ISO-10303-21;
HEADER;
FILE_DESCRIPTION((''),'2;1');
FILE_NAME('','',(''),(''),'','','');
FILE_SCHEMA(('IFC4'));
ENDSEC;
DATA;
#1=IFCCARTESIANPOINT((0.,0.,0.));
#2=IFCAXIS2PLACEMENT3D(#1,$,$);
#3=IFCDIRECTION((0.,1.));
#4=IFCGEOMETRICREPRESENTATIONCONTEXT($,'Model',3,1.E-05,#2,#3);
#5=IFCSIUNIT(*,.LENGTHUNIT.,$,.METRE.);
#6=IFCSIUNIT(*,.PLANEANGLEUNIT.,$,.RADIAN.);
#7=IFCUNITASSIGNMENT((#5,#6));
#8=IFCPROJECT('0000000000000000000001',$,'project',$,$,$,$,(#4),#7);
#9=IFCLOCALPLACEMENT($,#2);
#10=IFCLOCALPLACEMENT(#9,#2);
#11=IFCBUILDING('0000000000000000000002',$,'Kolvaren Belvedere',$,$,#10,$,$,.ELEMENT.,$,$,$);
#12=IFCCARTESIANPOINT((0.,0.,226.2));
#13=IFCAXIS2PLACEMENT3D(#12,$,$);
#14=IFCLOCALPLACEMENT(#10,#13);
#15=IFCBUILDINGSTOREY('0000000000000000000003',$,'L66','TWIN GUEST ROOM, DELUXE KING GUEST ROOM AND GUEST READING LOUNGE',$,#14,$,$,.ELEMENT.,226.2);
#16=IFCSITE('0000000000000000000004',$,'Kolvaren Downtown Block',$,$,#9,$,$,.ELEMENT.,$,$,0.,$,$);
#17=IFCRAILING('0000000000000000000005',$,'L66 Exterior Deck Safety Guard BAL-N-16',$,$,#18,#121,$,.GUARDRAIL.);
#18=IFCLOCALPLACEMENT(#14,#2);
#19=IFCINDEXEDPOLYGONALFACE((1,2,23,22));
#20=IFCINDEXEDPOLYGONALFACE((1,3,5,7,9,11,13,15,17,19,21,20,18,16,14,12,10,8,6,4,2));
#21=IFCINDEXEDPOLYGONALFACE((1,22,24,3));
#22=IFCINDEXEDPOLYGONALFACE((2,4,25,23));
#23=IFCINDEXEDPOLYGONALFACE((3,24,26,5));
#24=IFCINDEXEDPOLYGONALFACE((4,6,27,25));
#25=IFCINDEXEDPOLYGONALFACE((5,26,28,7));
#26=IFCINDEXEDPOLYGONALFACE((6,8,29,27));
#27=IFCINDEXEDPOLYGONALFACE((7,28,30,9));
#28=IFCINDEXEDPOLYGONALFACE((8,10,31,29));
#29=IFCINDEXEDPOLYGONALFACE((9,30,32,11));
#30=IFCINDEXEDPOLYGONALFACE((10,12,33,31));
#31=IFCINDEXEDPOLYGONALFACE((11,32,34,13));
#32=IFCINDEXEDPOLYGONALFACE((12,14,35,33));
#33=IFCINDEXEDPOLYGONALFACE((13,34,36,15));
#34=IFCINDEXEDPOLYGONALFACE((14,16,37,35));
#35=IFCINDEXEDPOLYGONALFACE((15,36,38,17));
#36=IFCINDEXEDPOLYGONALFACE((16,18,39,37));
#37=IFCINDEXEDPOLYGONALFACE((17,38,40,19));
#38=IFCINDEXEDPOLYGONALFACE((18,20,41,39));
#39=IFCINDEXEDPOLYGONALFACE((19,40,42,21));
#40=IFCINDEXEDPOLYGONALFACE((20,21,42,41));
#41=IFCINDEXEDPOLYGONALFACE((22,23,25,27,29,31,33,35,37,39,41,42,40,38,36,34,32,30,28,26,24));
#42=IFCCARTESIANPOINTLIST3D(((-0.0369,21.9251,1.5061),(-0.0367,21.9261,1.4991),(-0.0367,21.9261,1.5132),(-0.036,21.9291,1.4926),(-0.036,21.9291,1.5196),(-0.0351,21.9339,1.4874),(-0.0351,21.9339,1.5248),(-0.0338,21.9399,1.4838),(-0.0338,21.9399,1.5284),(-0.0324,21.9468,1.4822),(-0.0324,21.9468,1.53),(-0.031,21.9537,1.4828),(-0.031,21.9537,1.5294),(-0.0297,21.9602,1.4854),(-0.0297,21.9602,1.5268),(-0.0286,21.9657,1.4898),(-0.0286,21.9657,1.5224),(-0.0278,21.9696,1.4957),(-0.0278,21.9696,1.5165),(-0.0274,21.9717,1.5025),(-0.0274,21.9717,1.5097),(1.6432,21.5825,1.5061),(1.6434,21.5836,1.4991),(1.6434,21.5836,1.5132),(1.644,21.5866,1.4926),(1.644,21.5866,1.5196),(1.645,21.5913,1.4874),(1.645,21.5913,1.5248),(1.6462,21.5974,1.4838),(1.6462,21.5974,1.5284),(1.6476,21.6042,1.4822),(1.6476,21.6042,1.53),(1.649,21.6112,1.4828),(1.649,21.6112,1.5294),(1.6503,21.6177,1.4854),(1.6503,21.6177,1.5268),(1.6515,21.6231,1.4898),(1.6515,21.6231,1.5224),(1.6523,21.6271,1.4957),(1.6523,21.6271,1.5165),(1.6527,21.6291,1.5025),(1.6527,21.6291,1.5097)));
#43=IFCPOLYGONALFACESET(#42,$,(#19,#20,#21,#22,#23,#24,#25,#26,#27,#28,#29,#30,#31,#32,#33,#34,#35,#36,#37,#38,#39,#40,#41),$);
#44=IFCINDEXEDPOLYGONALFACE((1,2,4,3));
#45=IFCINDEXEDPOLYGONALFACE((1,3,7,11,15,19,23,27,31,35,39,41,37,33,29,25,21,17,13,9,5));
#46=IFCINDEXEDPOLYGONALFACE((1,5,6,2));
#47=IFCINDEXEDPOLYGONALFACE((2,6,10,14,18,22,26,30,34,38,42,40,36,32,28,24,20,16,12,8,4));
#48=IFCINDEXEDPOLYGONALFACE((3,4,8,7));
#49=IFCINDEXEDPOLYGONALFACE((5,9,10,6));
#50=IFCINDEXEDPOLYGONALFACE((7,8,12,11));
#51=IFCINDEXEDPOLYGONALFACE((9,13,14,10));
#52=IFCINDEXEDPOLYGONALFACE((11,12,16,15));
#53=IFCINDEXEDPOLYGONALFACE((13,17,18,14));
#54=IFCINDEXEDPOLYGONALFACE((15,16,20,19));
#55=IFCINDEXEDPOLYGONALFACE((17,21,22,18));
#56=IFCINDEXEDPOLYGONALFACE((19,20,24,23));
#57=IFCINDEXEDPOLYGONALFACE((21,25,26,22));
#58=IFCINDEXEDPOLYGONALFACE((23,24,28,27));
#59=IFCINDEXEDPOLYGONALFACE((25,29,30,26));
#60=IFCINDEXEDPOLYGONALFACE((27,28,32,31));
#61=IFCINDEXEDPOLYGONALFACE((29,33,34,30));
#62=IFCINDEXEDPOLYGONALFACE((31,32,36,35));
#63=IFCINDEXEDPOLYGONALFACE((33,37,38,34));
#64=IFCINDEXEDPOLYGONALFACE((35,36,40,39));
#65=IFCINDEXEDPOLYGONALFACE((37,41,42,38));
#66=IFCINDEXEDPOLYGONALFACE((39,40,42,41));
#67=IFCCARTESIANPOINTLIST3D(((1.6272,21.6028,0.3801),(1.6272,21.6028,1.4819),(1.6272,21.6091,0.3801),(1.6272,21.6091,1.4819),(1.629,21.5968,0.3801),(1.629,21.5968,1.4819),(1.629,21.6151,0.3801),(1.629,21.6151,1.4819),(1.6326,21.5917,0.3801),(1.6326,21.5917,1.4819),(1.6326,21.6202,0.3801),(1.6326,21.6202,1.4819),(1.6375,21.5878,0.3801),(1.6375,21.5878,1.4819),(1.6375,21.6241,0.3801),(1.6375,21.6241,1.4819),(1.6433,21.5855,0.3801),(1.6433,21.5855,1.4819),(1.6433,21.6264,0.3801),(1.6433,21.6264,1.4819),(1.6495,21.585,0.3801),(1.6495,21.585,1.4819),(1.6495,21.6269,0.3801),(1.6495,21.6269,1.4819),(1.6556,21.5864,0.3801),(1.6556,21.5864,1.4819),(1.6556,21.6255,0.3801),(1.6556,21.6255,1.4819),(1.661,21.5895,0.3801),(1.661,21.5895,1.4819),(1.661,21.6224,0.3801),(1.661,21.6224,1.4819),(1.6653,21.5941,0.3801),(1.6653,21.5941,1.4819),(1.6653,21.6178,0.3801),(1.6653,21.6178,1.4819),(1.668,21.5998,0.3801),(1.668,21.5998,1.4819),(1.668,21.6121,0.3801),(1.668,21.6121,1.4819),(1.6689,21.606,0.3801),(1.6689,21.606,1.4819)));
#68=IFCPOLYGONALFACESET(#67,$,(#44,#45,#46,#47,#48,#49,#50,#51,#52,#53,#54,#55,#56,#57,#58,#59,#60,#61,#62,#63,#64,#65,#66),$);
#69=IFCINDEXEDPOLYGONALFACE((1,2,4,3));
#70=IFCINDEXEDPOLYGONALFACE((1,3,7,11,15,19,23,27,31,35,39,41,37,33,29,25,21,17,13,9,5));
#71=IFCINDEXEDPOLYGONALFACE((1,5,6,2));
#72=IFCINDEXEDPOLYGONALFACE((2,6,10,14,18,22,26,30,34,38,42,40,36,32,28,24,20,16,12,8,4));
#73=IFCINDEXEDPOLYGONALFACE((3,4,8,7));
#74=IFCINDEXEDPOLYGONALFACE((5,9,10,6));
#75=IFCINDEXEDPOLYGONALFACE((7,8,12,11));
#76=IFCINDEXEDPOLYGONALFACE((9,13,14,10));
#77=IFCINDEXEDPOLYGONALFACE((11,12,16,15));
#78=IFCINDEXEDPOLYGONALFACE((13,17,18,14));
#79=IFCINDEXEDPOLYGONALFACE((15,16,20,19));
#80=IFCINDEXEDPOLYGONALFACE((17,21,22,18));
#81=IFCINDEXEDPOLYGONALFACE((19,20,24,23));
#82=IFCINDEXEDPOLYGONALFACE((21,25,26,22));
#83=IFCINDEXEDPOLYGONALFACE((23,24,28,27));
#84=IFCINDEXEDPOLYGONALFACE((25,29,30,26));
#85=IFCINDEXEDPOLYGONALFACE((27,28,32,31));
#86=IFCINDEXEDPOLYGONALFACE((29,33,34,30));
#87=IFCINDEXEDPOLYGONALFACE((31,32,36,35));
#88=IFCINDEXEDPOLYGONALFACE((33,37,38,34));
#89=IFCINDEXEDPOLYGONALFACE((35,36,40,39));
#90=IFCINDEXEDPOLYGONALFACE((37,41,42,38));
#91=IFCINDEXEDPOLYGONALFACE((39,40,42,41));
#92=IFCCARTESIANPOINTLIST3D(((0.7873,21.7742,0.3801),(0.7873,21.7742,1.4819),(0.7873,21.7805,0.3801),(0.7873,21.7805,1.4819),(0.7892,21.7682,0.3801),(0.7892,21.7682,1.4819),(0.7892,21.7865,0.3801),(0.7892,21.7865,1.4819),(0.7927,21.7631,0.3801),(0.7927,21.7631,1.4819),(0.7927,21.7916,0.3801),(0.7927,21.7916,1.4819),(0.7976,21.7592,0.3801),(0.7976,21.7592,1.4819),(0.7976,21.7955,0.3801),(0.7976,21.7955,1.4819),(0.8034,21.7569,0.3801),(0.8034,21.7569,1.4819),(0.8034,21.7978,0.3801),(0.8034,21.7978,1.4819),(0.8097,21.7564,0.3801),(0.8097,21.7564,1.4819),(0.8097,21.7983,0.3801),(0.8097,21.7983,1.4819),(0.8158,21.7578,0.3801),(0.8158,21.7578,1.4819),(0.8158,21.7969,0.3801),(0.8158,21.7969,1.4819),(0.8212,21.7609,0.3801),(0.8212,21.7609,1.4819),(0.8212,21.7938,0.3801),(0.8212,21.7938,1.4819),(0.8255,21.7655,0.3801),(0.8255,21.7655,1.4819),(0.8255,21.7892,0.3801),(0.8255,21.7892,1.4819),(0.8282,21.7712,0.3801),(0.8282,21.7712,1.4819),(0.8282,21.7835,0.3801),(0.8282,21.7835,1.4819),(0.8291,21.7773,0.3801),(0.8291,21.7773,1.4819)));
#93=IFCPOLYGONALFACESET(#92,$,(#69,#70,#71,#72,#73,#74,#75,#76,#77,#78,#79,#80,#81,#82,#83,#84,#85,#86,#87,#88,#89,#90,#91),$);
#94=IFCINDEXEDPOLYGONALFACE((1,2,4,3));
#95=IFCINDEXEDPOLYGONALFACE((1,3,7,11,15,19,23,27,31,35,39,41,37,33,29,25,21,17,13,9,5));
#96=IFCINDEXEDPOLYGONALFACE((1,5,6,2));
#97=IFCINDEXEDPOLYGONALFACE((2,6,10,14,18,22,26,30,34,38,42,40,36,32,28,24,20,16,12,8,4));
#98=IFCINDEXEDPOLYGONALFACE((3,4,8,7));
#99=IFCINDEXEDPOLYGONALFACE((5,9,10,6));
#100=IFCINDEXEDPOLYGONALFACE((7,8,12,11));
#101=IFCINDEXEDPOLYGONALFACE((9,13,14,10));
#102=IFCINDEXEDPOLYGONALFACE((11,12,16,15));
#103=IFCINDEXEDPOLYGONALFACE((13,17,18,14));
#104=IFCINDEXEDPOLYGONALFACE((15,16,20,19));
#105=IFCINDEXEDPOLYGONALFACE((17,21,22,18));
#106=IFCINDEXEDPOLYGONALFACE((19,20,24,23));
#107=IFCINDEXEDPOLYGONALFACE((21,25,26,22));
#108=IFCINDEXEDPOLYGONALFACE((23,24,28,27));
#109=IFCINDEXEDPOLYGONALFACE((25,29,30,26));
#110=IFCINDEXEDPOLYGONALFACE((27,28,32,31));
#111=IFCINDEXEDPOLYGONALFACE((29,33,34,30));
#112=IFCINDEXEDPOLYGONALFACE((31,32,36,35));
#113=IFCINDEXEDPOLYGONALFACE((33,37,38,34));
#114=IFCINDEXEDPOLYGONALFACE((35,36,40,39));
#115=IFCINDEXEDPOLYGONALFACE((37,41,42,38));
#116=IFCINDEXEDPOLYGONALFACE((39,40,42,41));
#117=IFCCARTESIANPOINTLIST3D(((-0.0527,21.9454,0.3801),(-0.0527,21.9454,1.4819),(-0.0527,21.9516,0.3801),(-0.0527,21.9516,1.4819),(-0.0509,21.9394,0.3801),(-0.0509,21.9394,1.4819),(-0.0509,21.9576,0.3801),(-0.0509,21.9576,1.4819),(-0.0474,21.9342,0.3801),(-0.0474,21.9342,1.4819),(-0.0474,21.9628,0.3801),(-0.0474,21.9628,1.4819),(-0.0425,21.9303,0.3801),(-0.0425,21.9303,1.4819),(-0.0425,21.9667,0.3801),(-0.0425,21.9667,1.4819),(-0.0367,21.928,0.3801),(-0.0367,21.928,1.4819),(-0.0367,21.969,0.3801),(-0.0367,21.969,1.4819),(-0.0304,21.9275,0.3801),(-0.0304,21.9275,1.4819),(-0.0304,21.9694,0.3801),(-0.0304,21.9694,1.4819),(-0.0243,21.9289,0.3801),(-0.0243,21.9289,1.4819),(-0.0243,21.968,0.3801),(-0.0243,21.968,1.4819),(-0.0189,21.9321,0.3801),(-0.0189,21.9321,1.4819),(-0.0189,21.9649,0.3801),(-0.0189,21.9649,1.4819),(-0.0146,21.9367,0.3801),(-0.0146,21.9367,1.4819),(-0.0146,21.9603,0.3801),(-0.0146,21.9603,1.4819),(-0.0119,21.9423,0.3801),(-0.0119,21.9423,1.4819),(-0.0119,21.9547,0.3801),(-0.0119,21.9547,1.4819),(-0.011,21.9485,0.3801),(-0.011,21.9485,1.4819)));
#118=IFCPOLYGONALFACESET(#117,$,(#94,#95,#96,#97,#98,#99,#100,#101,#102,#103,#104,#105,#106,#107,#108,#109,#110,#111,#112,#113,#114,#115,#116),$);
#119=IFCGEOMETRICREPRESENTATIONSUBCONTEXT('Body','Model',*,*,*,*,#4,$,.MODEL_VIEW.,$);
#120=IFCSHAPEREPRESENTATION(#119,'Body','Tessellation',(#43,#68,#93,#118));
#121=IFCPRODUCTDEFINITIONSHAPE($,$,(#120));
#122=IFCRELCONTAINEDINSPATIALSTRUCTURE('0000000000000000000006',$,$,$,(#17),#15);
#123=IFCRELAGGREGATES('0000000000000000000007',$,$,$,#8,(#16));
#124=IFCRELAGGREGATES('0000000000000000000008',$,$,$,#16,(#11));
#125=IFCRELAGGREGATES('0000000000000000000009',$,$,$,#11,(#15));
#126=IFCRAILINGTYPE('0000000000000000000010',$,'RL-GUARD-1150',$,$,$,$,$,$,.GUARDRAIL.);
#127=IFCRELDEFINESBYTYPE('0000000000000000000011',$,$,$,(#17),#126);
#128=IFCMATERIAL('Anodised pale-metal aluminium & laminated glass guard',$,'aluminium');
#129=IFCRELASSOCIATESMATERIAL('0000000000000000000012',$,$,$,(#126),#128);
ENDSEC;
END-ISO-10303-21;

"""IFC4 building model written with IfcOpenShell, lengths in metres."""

from ifc_helpers import new_model, si_unit, direction, frame, origin, origin_2d, place, context, subcontext, project, spatial, circle, extrude, material, type_object, element, save


model = new_model("IFC4")

# Units and contexts
model_context = context("Model", 3, precision=1e-05, world=origin(), true_north=direction((0.0, 1.0)))
body_context = subcontext(model_context, "Body", "Model", "MODEL_VIEW")
ifc_project = project(units=[si_unit("LENGTHUNIT", "METRE"), si_unit("PLANEANGLEUNIT", "RADIAN")], contexts=[model_context])

# Site, building, storey
site_placement = place(None, origin())
site = spatial("IfcSite", under=ifc_project, at=site_placement, Name="Kolvaren Downtown Block", CompositionType="ELEMENT", RefElevation=0.0)
building_placement = place(site_placement, origin())
building = spatial("IfcBuilding", under=site, at=building_placement, Name="Kolvaren Belvedere", CompositionType="ELEMENT")
storey_placement = place(building_placement, frame((0.0, 0.0, 226.2)))
storey = spatial("IfcBuildingStorey", under=building, at=storey_placement, Name="L66", Description="TWIN GUEST ROOM, DELUXE KING GUEST ROOM AND GUEST READING LOUNGE", CompositionType="ELEMENT", Elevation=226.2)

# Railing
ifc_material_1 = material(Name="Anodised pale-metal aluminium & laminated glass guard", Category="aluminium")
railing_type = type_object("IfcRailingType", Name="RL-GUARD-1150", PredefinedType="GUARDRAIL", material=ifc_material_1)
railing_1_placement = place(storey_placement, frame((1.6479, 21.606, 0.3801)))
element("IfcRailing", 1, at=railing_1_placement, inside=storey, type_object=railing_type, Name="L66 Exterior Deck Safety Guard BAL-N-16", PredefinedType="GUARDRAIL", context=body_context, shape_type="SweptSolid", body=[
    extrude(circle(Radius=0.0239, at=origin_2d()), frame((0.0, 0.0, 1.126), z_axis=(-0.97984, 0.199784, 0.0), x_axis=(-0.199784, -0.97984, 0.0)), (0.0, 0.0, 1.0), 1.7146),
    extrude(circle(Radius=0.021, at=origin_2d()), origin(), (0.0, 0.0, 1.0), 1.1018),
    extrude(circle(Radius=0.021, at=origin_2d()), frame((-0.8398, 0.1714, 0.0)), (0.0, 0.0, 1.0), 1.1018),
    extrude(circle(Radius=0.021, at=origin_2d()), frame((-1.6799, 0.3425, 0.0)), (0.0, 0.0, 1.0), 1.1018),
])

save(model, "model.ifc")
